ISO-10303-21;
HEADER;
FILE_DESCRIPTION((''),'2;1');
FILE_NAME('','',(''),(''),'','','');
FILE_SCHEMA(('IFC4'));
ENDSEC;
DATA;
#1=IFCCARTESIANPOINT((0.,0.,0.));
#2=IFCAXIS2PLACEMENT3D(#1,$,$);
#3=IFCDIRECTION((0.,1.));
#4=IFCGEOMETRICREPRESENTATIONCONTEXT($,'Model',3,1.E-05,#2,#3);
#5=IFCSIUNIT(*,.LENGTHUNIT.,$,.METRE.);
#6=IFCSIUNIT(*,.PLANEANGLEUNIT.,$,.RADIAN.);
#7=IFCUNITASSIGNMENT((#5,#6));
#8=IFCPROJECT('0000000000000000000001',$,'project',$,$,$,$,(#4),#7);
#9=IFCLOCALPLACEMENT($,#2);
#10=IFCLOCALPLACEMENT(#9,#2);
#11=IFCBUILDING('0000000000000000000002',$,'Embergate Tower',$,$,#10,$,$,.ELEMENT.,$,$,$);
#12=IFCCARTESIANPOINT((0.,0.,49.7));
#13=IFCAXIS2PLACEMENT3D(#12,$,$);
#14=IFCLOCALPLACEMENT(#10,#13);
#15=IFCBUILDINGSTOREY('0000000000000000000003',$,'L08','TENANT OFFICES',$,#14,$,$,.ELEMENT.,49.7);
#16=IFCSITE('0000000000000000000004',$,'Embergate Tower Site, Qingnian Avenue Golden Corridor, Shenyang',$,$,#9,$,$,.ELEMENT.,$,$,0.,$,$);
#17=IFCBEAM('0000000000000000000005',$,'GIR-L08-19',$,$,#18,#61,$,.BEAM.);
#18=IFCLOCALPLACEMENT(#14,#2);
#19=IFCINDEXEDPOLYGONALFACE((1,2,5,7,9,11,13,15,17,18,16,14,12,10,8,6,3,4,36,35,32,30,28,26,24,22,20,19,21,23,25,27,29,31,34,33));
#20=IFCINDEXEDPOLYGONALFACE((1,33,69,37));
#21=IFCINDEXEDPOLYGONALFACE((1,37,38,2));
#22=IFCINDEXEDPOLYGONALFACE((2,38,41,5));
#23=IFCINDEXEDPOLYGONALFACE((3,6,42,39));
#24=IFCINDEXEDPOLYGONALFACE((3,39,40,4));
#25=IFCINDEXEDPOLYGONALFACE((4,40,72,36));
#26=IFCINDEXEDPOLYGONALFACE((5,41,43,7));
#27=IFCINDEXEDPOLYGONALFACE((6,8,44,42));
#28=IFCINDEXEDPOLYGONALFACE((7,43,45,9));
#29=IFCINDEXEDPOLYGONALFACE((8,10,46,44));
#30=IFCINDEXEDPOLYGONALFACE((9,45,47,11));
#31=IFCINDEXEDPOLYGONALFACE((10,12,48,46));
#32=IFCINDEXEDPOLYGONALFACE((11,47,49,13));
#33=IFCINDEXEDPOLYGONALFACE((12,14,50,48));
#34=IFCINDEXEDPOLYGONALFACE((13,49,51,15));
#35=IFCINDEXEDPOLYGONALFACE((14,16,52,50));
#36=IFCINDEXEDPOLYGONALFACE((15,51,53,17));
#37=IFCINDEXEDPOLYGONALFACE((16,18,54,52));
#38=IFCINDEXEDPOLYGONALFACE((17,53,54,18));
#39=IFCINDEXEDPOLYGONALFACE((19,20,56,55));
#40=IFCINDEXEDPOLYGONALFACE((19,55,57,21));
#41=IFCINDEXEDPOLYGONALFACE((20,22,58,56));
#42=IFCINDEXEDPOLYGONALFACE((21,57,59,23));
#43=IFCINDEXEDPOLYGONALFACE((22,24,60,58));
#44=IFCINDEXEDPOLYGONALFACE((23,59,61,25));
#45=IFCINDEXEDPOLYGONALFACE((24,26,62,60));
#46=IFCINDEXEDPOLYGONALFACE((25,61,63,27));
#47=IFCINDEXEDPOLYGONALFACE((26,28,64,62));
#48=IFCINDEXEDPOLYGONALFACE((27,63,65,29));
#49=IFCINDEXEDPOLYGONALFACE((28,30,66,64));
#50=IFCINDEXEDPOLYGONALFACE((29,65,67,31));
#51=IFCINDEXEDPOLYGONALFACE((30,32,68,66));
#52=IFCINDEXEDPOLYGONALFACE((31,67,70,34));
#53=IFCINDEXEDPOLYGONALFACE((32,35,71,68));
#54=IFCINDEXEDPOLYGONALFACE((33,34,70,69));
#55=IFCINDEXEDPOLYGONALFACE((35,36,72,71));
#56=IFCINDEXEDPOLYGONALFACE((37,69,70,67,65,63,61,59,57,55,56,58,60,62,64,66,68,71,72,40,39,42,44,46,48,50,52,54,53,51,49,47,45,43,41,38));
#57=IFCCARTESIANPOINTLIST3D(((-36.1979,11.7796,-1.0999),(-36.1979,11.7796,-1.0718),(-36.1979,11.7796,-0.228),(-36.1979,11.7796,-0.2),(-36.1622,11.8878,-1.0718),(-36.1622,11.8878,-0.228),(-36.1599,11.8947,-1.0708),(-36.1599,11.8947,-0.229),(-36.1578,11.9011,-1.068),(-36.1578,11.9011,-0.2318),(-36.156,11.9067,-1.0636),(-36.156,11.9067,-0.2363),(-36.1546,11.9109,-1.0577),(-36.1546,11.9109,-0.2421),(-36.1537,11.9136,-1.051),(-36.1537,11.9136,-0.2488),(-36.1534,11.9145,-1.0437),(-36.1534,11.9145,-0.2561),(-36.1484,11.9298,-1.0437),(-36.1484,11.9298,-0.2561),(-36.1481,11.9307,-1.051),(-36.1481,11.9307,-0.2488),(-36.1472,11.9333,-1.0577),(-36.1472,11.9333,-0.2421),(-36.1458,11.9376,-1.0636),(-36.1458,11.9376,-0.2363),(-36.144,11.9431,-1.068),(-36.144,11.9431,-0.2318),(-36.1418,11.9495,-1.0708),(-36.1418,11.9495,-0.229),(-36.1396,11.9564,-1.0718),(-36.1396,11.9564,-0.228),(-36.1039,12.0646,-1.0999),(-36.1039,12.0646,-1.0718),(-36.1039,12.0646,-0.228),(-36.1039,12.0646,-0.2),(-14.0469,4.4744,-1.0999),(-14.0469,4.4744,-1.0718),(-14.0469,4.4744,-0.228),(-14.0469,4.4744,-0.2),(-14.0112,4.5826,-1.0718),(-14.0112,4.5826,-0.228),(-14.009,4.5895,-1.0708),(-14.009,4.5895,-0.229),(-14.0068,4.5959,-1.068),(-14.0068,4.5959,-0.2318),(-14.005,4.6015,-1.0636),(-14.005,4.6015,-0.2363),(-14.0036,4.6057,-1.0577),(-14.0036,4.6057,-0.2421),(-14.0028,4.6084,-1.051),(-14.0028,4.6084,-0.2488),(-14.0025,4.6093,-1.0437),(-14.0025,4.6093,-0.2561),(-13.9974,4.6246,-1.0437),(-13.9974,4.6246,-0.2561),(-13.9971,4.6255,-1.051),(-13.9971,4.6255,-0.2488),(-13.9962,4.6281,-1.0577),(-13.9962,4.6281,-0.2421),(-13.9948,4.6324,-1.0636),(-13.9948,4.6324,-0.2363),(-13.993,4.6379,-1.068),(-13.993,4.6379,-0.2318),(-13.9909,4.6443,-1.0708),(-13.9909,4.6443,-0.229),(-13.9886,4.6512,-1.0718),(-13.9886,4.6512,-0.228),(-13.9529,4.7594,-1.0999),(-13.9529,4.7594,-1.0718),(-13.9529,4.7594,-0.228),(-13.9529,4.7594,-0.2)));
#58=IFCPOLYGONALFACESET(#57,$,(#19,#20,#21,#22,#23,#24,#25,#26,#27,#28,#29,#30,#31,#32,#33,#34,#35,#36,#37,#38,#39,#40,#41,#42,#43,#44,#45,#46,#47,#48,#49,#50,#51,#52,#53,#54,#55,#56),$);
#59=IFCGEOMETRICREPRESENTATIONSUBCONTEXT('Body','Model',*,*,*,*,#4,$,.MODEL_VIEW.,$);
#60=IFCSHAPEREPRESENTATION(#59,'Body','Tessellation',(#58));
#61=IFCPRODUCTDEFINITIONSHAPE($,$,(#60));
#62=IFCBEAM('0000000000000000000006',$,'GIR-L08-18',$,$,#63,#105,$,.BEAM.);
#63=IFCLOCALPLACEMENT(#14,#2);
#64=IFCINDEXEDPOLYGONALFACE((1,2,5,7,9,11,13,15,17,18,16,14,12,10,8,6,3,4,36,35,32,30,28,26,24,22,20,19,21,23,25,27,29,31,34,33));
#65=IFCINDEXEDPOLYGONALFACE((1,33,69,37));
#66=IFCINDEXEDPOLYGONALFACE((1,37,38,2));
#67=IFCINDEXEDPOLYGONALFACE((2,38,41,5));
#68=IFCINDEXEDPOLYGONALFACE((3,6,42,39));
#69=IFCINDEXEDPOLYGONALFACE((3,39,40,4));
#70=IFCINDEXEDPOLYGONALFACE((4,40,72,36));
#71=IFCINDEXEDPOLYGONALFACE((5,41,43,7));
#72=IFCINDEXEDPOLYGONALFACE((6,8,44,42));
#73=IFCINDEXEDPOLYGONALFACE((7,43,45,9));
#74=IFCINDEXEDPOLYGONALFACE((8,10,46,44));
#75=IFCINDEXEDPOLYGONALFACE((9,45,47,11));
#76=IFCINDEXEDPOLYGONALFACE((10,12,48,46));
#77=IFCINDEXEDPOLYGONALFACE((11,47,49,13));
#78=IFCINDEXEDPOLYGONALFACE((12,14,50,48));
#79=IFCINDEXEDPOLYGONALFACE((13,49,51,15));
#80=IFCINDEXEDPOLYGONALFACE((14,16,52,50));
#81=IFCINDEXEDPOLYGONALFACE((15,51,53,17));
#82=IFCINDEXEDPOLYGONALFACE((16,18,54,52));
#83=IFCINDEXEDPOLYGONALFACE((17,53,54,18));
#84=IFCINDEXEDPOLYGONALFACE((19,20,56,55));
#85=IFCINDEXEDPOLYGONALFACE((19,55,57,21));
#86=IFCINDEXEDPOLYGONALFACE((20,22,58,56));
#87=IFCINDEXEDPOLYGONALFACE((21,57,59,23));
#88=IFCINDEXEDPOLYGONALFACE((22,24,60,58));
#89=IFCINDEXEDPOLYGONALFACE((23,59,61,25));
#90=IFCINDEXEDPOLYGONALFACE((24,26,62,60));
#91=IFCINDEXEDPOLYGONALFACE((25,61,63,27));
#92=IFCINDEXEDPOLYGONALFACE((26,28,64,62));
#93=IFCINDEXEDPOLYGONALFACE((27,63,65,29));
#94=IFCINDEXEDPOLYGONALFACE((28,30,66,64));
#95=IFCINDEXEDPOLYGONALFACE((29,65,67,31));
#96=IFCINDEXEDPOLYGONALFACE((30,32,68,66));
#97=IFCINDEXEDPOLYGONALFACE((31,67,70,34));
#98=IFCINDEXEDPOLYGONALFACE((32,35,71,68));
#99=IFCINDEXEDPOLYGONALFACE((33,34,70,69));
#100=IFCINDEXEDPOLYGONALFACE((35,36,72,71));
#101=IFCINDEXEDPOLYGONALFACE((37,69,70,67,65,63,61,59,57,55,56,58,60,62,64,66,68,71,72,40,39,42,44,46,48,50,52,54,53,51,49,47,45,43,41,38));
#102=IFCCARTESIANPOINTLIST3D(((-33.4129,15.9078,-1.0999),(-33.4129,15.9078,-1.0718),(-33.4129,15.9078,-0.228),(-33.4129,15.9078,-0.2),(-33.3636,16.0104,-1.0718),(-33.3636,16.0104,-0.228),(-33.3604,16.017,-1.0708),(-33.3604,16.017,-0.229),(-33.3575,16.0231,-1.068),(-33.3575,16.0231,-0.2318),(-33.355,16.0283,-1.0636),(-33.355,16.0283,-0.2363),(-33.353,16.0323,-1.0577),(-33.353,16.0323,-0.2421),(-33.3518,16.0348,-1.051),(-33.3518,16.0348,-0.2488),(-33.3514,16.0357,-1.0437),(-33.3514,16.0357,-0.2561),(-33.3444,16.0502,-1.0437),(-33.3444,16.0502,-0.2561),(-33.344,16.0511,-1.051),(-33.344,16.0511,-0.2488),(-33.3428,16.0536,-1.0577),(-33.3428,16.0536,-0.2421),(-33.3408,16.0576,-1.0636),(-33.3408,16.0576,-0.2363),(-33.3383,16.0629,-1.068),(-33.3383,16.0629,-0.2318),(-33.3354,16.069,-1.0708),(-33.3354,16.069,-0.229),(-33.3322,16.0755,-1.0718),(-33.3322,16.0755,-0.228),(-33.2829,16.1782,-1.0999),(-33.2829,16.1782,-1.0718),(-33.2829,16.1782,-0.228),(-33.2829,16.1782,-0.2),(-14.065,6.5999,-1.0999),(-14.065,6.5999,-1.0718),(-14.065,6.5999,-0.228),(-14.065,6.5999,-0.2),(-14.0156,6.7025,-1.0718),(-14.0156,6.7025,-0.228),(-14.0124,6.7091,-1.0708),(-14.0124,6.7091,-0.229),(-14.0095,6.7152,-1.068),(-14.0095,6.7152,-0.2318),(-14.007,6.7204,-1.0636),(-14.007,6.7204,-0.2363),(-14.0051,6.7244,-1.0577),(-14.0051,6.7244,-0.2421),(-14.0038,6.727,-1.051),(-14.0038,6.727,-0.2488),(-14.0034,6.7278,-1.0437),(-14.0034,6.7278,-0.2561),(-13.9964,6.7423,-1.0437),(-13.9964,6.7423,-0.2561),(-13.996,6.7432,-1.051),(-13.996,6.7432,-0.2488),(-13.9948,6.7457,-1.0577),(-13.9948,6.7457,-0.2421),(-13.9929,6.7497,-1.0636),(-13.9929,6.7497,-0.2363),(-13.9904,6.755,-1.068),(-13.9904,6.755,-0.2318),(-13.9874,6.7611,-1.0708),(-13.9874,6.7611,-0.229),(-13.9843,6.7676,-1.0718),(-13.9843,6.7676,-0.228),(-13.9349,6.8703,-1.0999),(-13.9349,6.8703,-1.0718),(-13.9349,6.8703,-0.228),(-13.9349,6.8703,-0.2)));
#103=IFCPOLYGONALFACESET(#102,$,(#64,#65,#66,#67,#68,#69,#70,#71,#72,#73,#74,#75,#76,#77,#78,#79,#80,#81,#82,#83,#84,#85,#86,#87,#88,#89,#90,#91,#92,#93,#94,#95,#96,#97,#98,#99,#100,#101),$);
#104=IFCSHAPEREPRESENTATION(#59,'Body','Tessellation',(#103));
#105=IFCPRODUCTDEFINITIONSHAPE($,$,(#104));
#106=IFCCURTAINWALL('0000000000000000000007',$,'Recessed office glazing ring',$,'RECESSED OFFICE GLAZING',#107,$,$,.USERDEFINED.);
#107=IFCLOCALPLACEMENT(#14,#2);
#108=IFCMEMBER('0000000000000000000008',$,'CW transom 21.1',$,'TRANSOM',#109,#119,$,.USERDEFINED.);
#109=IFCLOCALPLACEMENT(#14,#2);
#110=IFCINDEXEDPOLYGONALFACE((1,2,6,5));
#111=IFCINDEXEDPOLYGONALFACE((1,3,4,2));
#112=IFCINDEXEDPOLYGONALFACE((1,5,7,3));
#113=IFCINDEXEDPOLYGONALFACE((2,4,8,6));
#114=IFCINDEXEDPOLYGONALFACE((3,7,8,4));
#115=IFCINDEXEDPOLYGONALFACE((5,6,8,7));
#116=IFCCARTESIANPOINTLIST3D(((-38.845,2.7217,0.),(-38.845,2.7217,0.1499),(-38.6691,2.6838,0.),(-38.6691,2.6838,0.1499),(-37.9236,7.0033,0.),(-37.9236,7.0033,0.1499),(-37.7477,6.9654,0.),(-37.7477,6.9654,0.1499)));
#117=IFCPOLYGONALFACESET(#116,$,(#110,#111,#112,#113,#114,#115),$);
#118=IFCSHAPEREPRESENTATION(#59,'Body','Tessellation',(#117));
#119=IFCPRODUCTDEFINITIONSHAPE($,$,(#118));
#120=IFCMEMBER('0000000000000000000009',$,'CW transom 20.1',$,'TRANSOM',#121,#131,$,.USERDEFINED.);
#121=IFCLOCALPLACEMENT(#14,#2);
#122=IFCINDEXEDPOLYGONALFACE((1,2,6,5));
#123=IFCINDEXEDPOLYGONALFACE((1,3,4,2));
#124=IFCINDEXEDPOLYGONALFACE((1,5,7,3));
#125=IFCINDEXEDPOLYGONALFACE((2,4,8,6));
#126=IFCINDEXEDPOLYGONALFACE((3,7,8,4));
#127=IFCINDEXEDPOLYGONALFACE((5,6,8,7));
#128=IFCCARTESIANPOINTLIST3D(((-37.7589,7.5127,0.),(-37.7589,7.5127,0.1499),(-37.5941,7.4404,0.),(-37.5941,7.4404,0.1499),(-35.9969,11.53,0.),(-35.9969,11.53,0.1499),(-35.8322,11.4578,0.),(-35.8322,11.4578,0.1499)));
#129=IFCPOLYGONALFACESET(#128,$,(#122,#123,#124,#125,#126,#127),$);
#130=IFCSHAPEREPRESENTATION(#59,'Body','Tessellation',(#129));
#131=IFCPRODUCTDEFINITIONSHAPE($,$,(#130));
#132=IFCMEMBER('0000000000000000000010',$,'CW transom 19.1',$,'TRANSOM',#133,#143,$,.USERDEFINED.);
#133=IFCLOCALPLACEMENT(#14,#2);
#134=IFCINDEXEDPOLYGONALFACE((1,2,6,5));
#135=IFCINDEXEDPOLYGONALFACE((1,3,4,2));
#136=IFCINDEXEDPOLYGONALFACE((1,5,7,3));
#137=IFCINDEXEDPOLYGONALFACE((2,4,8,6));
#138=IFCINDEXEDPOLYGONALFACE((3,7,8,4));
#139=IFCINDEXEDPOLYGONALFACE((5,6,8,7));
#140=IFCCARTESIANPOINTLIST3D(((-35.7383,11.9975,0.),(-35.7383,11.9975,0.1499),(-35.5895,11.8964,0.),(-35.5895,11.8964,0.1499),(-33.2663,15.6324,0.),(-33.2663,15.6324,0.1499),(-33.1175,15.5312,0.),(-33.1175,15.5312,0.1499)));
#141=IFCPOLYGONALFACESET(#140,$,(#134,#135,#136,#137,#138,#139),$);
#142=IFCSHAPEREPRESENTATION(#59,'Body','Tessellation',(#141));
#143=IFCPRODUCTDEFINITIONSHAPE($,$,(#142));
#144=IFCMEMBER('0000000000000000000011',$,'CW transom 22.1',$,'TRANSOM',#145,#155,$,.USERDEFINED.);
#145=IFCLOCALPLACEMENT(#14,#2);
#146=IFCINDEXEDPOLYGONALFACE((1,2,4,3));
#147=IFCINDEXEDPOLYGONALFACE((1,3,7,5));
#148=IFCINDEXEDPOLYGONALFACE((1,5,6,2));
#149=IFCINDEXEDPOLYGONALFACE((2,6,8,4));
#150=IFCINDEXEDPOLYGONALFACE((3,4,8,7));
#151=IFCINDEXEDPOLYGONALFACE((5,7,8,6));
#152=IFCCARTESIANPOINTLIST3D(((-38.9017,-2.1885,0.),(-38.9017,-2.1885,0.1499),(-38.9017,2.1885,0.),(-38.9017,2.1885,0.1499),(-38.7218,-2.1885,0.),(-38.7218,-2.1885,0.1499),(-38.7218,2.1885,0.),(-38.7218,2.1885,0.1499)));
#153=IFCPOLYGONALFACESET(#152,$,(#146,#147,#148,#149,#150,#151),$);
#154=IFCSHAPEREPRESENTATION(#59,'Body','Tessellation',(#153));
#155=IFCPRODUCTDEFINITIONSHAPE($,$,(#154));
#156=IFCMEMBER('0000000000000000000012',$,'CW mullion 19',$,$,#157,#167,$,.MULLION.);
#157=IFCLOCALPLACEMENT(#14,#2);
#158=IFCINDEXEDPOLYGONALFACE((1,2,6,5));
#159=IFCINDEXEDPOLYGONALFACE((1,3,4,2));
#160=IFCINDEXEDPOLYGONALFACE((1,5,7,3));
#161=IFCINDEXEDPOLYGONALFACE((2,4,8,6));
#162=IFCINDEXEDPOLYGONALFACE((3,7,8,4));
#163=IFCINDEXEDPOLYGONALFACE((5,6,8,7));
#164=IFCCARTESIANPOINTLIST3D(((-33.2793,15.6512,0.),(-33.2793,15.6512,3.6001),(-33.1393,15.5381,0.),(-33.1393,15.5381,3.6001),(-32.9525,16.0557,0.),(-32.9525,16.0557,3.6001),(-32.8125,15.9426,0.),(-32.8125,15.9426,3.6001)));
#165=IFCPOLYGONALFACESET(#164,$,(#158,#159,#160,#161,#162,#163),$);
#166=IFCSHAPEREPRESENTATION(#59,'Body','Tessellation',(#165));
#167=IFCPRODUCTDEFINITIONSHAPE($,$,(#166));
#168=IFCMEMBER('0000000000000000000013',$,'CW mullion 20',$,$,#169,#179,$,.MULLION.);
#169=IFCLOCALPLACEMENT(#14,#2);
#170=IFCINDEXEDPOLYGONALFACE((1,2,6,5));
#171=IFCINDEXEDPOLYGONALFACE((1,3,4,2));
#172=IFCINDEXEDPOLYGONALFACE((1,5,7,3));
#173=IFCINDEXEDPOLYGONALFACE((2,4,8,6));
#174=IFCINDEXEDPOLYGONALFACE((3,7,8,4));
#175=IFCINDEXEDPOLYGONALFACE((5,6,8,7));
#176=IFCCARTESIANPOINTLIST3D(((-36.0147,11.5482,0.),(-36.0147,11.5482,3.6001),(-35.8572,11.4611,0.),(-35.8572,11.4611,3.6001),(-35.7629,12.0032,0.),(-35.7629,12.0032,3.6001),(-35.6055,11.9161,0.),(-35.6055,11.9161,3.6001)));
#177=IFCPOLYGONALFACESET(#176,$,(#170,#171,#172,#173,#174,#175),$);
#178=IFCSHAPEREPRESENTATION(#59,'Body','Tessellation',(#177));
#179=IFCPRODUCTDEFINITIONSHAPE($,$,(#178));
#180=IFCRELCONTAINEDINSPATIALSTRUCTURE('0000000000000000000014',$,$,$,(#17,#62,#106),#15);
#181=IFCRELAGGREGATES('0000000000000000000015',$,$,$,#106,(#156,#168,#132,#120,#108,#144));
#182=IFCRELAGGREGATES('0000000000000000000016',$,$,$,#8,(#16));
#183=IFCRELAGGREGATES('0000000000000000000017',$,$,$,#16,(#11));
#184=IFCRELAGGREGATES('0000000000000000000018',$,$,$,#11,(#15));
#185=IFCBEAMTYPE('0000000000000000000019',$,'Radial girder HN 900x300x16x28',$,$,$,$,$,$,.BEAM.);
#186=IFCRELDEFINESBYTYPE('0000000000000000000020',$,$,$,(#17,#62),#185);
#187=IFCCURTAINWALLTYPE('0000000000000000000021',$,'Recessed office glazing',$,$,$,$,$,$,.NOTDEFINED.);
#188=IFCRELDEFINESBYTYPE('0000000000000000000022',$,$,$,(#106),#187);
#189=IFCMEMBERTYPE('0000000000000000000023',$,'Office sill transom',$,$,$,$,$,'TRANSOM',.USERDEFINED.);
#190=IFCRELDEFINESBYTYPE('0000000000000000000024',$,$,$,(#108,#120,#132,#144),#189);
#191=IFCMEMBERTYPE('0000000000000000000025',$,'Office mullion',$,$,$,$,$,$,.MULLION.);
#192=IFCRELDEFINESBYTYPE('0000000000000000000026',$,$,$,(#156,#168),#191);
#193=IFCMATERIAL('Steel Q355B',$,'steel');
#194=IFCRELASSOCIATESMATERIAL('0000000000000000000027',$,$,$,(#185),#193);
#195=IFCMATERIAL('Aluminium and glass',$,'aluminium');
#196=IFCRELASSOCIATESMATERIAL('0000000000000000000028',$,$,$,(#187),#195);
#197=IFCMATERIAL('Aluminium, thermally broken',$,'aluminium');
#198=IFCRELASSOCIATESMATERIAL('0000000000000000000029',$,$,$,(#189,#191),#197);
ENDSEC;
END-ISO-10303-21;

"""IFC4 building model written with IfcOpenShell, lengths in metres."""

from ifc_helpers import new_model, si_unit, direction, frame, origin, origin_2d, place, context, subcontext, project, spatial, rectangle, i_section, extrude, source, transform, mapped, material, material_profile, profile_set, type_object, element, aggregate, save


model = new_model("IFC4")

# Units and contexts
model_context = context("Model", 3, precision=1e-05, world=origin(), true_north=direction((0.0, 1.0)))
body_context = subcontext(model_context, "Body", "Model", "MODEL_VIEW")
ifc_project = project(units=[si_unit("LENGTHUNIT", "METRE"), si_unit("PLANEANGLEUNIT", "RADIAN")], contexts=[model_context])

# Site, building, storey
site_placement = place(None, origin())
site = spatial("IfcSite", under=ifc_project, at=site_placement, Name="Embergate Tower Site, Qingnian Avenue Golden Corridor, Shenyang", CompositionType="ELEMENT", RefElevation=0.0)
building_placement = place(site_placement, origin())
building = spatial("IfcBuilding", under=site, at=building_placement, Name="Embergate Tower", CompositionType="ELEMENT")
storey_placement = place(building_placement, frame((0.0, 0.0, 49.7)))
storey = spatial("IfcBuildingStorey", under=building, at=storey_placement, Name="L08", Description="TENANT OFFICES", CompositionType="ELEMENT", Elevation=49.7)

# Beams
ifc_material_1 = material(Name="Steel Q355B", Category="steel")
ifc_material_profile_1 = material_profile(ifc_material_1, i_section(OverallWidth=0.3, OverallDepth=0.8999, WebThickness=0.0161, FlangeThickness=0.0281, FilletRadius=0.0281, at=origin_2d()), Name="HN 900x300x16x28")
ifc_profile_set_1 = profile_set([ifc_material_profile_1], Name="Steel Q355 grade B")
beam_type_1 = type_object("IfcBeamType", Name="Radial girder HN 900x300x16x28", PredefinedType="BEAM", material=ifc_profile_set_1)
shared_shape_1 = source(origin(), body_context, "Body", "SweptSolid", [
    extrude(i_section(OverallWidth=0.3, OverallDepth=0.8999, WebThickness=0.0161, FlangeThickness=0.0281, FilletRadius=0.0281, at=origin_2d()), origin(), (0.0, 0.0, 1.0), 23.3245),
])
beam_1_placement = place(storey_placement, frame((-36.1509, 11.9221, -0.6499), z_axis=(0.949688, -0.313199, 0.0), x_axis=(0.313199, 0.949688, 0.0)))
element("IfcBeam", 1, at=beam_1_placement, inside=storey, type_object=beam_type_1, Name="GIR-L08-19", PredefinedType="BEAM", context=body_context, shape_type="MappedRepresentation", body=[
    mapped(shared_shape_1, transform((0.0, 0.0, 0.0))),
])
shared_shape_2 = source(origin(), body_context, "Body", "SweptSolid", [
    extrude(i_section(OverallWidth=0.3, OverallDepth=0.8999, WebThickness=0.0161, FlangeThickness=0.0281, FilletRadius=0.0281, at=origin_2d()), origin(), (0.0, 0.0, 1.0), 21.4705),
])
beam_2_placement = place(storey_placement, frame((-33.3479, 16.043, -0.6499), z_axis=(0.901144, -0.433521, 0.0), x_axis=(0.433521, 0.901144, 0.0)))
element("IfcBeam", 2, at=beam_2_placement, inside=storey, type_object=beam_type_1, Name="GIR-L08-18", PredefinedType="BEAM", context=body_context, shape_type="MappedRepresentation", body=[
    mapped(shared_shape_2, transform((0.0, 0.0, 0.0))),
])

# Curtain wall, members
ifc_material_2 = material(Name="Aluminium and glass", Category="aluminium")
curtain_wall_type = type_object("IfcCurtainWallType", Name="Recessed office glazing", PredefinedType="NOTDEFINED", material=ifc_material_2)
curtain_wall_placement = place(storey_placement, origin())
curtain_wall = element("IfcCurtainWall", 3, at=curtain_wall_placement, inside=storey, type_object=curtain_wall_type, Name="Recessed office glazing ring", ObjectType="RECESSED OFFICE GLAZING", PredefinedType="USERDEFINED")
ifc_material_3 = material(Name="Aluminium, thermally broken", Category="aluminium")
ifc_material_profile_2 = material_profile(ifc_material_3, rectangle(XDim=0.1799, YDim=0.1499, at=origin_2d()), Name="AL 150x180")
ifc_profile_set_2 = profile_set([ifc_material_profile_2], Name="Aluminium, thermally broken")
member_type_1 = type_object("IfcMemberType", Name="Office sill transom", ElementType="TRANSOM", PredefinedType="USERDEFINED", material=ifc_profile_set_2)
shared_shape_3 = source(origin(), body_context, "Body", "SweptSolid", [
    extrude(rectangle(XDim=0.1799, YDim=0.1499, at=origin_2d()), origin(), (0.0, 0.0, 1.0), 4.3796),
])
member_1_placement = place(storey_placement, frame((-37.8357, 6.9844, 0.075), z_axis=(-0.210374, -0.977621, 0.0), x_axis=(0.977621, -0.210374, 0.0)))
member_1 = element("IfcMember", 4, at=member_1_placement, type_object=member_type_1, Name="CW transom 21.1", ObjectType="TRANSOM", PredefinedType="USERDEFINED", context=body_context, shape_type="MappedRepresentation", body=[
    mapped(shared_shape_3, transform((0.0, 0.0, 0.0))),
])
shared_shape_4 = source(origin(), body_context, "Body", "SweptSolid", [
    extrude(rectangle(XDim=0.1799, YDim=0.1499, at=origin_2d()), origin(), (0.0, 0.0, 1.0), 4.3867),
])
member_2_placement = place(storey_placement, frame((-35.9146, 11.4939, 0.075), z_axis=(-0.401657, -0.91579, 0.0), x_axis=(0.91579, -0.401657, 0.0)))
member_2 = element("IfcMember", 5, at=member_2_placement, type_object=member_type_1, Name="CW transom 20.1", ObjectType="TRANSOM", PredefinedType="USERDEFINED", context=body_context, shape_type="MappedRepresentation", body=[
    mapped(shared_shape_4, transform((0.0, 0.0, 0.0))),
])
shared_shape_5 = source(origin(), body_context, "Body", "SweptSolid", [
    extrude(rectangle(XDim=0.1799, YDim=0.1499, at=origin_2d()), origin(), (0.0, 0.0, 1.0), 4.3958),
])
member_3_placement = place(storey_placement, frame((-33.1919, 15.5818, 0.075), z_axis=(-0.562354, -0.826897, 0.0), x_axis=(0.826897, -0.562354, 0.0)))
member_3 = element("IfcMember", 6, at=member_3_placement, type_object=member_type_1, Name="CW transom 19.1", ObjectType="TRANSOM", PredefinedType="USERDEFINED", context=body_context, shape_type="MappedRepresentation", body=[
    mapped(shared_shape_5, transform((0.0, 0.0, 0.0))),
])
shared_shape_6 = source(origin(), body_context, "Body", "SweptSolid", [
    extrude(rectangle(XDim=0.1799, YDim=0.1499, at=origin_2d()), origin(), (0.0, 0.0, 1.0), 4.377),
])
member_4_placement = place(storey_placement, frame((-38.8118, 2.1885, 0.075), z_axis=(0.0, -1.0, 0.0), x_axis=(1.0, 0.0, 0.0)))
member_4 = element("IfcMember", 7, at=member_4_placement, type_object=member_type_1, Name="CW transom 22.1", ObjectType="TRANSOM", PredefinedType="USERDEFINED", context=body_context, shape_type="MappedRepresentation", body=[
    mapped(shared_shape_6, transform((0.0, 0.0, 0.0))),
])
ifc_material_profile_3 = material_profile(ifc_material_3, rectangle(XDim=0.1799, YDim=0.52, at=origin_2d()), Name="AL 520x180")
ifc_profile_set_3 = profile_set([ifc_material_profile_3], Name="Aluminium, thermally broken")
member_type_2 = type_object("IfcMemberType", Name="Office mullion", PredefinedType="MULLION", material=ifc_profile_set_3)
shared_shape_7 = source(origin(), body_context, "Body", "SweptSolid", [
    extrude(rectangle(XDim=0.1799, YDim=0.52, at=origin_2d()), origin(), (0.0, 0.0, 1.0), 3.6001),
])
member_5_placement = place(storey_placement, frame((-33.0459, 15.7969, 0.0), z_axis=(0.0, 0.0, 1.0), x_axis=(0.777876, -0.628418, 0.0)))
member_5 = element("IfcMember", 8, at=member_5_placement, type_object=member_type_2, Name="CW mullion 19", PredefinedType="MULLION", context=body_context, shape_type="MappedRepresentation", body=[
    mapped(shared_shape_7, transform((0.0, 0.0, 0.0))),
])
member_6_placement = place(storey_placement, frame((-35.8101, 11.7322, 0.0), z_axis=(0.0, 0.0, 1.0), x_axis=(0.875004, -0.484115, 0.0)))
member_6 = element("IfcMember", 9, at=member_6_placement, type_object=member_type_2, Name="CW mullion 20", PredefinedType="MULLION", context=body_context, shape_type="MappedRepresentation", body=[
    mapped(shared_shape_7, transform((0.0, 0.0, 0.0))),
])
aggregate(curtain_wall, [member_5, member_6, member_3, member_2, member_1, member_4])

save(model, "model.ifc")
